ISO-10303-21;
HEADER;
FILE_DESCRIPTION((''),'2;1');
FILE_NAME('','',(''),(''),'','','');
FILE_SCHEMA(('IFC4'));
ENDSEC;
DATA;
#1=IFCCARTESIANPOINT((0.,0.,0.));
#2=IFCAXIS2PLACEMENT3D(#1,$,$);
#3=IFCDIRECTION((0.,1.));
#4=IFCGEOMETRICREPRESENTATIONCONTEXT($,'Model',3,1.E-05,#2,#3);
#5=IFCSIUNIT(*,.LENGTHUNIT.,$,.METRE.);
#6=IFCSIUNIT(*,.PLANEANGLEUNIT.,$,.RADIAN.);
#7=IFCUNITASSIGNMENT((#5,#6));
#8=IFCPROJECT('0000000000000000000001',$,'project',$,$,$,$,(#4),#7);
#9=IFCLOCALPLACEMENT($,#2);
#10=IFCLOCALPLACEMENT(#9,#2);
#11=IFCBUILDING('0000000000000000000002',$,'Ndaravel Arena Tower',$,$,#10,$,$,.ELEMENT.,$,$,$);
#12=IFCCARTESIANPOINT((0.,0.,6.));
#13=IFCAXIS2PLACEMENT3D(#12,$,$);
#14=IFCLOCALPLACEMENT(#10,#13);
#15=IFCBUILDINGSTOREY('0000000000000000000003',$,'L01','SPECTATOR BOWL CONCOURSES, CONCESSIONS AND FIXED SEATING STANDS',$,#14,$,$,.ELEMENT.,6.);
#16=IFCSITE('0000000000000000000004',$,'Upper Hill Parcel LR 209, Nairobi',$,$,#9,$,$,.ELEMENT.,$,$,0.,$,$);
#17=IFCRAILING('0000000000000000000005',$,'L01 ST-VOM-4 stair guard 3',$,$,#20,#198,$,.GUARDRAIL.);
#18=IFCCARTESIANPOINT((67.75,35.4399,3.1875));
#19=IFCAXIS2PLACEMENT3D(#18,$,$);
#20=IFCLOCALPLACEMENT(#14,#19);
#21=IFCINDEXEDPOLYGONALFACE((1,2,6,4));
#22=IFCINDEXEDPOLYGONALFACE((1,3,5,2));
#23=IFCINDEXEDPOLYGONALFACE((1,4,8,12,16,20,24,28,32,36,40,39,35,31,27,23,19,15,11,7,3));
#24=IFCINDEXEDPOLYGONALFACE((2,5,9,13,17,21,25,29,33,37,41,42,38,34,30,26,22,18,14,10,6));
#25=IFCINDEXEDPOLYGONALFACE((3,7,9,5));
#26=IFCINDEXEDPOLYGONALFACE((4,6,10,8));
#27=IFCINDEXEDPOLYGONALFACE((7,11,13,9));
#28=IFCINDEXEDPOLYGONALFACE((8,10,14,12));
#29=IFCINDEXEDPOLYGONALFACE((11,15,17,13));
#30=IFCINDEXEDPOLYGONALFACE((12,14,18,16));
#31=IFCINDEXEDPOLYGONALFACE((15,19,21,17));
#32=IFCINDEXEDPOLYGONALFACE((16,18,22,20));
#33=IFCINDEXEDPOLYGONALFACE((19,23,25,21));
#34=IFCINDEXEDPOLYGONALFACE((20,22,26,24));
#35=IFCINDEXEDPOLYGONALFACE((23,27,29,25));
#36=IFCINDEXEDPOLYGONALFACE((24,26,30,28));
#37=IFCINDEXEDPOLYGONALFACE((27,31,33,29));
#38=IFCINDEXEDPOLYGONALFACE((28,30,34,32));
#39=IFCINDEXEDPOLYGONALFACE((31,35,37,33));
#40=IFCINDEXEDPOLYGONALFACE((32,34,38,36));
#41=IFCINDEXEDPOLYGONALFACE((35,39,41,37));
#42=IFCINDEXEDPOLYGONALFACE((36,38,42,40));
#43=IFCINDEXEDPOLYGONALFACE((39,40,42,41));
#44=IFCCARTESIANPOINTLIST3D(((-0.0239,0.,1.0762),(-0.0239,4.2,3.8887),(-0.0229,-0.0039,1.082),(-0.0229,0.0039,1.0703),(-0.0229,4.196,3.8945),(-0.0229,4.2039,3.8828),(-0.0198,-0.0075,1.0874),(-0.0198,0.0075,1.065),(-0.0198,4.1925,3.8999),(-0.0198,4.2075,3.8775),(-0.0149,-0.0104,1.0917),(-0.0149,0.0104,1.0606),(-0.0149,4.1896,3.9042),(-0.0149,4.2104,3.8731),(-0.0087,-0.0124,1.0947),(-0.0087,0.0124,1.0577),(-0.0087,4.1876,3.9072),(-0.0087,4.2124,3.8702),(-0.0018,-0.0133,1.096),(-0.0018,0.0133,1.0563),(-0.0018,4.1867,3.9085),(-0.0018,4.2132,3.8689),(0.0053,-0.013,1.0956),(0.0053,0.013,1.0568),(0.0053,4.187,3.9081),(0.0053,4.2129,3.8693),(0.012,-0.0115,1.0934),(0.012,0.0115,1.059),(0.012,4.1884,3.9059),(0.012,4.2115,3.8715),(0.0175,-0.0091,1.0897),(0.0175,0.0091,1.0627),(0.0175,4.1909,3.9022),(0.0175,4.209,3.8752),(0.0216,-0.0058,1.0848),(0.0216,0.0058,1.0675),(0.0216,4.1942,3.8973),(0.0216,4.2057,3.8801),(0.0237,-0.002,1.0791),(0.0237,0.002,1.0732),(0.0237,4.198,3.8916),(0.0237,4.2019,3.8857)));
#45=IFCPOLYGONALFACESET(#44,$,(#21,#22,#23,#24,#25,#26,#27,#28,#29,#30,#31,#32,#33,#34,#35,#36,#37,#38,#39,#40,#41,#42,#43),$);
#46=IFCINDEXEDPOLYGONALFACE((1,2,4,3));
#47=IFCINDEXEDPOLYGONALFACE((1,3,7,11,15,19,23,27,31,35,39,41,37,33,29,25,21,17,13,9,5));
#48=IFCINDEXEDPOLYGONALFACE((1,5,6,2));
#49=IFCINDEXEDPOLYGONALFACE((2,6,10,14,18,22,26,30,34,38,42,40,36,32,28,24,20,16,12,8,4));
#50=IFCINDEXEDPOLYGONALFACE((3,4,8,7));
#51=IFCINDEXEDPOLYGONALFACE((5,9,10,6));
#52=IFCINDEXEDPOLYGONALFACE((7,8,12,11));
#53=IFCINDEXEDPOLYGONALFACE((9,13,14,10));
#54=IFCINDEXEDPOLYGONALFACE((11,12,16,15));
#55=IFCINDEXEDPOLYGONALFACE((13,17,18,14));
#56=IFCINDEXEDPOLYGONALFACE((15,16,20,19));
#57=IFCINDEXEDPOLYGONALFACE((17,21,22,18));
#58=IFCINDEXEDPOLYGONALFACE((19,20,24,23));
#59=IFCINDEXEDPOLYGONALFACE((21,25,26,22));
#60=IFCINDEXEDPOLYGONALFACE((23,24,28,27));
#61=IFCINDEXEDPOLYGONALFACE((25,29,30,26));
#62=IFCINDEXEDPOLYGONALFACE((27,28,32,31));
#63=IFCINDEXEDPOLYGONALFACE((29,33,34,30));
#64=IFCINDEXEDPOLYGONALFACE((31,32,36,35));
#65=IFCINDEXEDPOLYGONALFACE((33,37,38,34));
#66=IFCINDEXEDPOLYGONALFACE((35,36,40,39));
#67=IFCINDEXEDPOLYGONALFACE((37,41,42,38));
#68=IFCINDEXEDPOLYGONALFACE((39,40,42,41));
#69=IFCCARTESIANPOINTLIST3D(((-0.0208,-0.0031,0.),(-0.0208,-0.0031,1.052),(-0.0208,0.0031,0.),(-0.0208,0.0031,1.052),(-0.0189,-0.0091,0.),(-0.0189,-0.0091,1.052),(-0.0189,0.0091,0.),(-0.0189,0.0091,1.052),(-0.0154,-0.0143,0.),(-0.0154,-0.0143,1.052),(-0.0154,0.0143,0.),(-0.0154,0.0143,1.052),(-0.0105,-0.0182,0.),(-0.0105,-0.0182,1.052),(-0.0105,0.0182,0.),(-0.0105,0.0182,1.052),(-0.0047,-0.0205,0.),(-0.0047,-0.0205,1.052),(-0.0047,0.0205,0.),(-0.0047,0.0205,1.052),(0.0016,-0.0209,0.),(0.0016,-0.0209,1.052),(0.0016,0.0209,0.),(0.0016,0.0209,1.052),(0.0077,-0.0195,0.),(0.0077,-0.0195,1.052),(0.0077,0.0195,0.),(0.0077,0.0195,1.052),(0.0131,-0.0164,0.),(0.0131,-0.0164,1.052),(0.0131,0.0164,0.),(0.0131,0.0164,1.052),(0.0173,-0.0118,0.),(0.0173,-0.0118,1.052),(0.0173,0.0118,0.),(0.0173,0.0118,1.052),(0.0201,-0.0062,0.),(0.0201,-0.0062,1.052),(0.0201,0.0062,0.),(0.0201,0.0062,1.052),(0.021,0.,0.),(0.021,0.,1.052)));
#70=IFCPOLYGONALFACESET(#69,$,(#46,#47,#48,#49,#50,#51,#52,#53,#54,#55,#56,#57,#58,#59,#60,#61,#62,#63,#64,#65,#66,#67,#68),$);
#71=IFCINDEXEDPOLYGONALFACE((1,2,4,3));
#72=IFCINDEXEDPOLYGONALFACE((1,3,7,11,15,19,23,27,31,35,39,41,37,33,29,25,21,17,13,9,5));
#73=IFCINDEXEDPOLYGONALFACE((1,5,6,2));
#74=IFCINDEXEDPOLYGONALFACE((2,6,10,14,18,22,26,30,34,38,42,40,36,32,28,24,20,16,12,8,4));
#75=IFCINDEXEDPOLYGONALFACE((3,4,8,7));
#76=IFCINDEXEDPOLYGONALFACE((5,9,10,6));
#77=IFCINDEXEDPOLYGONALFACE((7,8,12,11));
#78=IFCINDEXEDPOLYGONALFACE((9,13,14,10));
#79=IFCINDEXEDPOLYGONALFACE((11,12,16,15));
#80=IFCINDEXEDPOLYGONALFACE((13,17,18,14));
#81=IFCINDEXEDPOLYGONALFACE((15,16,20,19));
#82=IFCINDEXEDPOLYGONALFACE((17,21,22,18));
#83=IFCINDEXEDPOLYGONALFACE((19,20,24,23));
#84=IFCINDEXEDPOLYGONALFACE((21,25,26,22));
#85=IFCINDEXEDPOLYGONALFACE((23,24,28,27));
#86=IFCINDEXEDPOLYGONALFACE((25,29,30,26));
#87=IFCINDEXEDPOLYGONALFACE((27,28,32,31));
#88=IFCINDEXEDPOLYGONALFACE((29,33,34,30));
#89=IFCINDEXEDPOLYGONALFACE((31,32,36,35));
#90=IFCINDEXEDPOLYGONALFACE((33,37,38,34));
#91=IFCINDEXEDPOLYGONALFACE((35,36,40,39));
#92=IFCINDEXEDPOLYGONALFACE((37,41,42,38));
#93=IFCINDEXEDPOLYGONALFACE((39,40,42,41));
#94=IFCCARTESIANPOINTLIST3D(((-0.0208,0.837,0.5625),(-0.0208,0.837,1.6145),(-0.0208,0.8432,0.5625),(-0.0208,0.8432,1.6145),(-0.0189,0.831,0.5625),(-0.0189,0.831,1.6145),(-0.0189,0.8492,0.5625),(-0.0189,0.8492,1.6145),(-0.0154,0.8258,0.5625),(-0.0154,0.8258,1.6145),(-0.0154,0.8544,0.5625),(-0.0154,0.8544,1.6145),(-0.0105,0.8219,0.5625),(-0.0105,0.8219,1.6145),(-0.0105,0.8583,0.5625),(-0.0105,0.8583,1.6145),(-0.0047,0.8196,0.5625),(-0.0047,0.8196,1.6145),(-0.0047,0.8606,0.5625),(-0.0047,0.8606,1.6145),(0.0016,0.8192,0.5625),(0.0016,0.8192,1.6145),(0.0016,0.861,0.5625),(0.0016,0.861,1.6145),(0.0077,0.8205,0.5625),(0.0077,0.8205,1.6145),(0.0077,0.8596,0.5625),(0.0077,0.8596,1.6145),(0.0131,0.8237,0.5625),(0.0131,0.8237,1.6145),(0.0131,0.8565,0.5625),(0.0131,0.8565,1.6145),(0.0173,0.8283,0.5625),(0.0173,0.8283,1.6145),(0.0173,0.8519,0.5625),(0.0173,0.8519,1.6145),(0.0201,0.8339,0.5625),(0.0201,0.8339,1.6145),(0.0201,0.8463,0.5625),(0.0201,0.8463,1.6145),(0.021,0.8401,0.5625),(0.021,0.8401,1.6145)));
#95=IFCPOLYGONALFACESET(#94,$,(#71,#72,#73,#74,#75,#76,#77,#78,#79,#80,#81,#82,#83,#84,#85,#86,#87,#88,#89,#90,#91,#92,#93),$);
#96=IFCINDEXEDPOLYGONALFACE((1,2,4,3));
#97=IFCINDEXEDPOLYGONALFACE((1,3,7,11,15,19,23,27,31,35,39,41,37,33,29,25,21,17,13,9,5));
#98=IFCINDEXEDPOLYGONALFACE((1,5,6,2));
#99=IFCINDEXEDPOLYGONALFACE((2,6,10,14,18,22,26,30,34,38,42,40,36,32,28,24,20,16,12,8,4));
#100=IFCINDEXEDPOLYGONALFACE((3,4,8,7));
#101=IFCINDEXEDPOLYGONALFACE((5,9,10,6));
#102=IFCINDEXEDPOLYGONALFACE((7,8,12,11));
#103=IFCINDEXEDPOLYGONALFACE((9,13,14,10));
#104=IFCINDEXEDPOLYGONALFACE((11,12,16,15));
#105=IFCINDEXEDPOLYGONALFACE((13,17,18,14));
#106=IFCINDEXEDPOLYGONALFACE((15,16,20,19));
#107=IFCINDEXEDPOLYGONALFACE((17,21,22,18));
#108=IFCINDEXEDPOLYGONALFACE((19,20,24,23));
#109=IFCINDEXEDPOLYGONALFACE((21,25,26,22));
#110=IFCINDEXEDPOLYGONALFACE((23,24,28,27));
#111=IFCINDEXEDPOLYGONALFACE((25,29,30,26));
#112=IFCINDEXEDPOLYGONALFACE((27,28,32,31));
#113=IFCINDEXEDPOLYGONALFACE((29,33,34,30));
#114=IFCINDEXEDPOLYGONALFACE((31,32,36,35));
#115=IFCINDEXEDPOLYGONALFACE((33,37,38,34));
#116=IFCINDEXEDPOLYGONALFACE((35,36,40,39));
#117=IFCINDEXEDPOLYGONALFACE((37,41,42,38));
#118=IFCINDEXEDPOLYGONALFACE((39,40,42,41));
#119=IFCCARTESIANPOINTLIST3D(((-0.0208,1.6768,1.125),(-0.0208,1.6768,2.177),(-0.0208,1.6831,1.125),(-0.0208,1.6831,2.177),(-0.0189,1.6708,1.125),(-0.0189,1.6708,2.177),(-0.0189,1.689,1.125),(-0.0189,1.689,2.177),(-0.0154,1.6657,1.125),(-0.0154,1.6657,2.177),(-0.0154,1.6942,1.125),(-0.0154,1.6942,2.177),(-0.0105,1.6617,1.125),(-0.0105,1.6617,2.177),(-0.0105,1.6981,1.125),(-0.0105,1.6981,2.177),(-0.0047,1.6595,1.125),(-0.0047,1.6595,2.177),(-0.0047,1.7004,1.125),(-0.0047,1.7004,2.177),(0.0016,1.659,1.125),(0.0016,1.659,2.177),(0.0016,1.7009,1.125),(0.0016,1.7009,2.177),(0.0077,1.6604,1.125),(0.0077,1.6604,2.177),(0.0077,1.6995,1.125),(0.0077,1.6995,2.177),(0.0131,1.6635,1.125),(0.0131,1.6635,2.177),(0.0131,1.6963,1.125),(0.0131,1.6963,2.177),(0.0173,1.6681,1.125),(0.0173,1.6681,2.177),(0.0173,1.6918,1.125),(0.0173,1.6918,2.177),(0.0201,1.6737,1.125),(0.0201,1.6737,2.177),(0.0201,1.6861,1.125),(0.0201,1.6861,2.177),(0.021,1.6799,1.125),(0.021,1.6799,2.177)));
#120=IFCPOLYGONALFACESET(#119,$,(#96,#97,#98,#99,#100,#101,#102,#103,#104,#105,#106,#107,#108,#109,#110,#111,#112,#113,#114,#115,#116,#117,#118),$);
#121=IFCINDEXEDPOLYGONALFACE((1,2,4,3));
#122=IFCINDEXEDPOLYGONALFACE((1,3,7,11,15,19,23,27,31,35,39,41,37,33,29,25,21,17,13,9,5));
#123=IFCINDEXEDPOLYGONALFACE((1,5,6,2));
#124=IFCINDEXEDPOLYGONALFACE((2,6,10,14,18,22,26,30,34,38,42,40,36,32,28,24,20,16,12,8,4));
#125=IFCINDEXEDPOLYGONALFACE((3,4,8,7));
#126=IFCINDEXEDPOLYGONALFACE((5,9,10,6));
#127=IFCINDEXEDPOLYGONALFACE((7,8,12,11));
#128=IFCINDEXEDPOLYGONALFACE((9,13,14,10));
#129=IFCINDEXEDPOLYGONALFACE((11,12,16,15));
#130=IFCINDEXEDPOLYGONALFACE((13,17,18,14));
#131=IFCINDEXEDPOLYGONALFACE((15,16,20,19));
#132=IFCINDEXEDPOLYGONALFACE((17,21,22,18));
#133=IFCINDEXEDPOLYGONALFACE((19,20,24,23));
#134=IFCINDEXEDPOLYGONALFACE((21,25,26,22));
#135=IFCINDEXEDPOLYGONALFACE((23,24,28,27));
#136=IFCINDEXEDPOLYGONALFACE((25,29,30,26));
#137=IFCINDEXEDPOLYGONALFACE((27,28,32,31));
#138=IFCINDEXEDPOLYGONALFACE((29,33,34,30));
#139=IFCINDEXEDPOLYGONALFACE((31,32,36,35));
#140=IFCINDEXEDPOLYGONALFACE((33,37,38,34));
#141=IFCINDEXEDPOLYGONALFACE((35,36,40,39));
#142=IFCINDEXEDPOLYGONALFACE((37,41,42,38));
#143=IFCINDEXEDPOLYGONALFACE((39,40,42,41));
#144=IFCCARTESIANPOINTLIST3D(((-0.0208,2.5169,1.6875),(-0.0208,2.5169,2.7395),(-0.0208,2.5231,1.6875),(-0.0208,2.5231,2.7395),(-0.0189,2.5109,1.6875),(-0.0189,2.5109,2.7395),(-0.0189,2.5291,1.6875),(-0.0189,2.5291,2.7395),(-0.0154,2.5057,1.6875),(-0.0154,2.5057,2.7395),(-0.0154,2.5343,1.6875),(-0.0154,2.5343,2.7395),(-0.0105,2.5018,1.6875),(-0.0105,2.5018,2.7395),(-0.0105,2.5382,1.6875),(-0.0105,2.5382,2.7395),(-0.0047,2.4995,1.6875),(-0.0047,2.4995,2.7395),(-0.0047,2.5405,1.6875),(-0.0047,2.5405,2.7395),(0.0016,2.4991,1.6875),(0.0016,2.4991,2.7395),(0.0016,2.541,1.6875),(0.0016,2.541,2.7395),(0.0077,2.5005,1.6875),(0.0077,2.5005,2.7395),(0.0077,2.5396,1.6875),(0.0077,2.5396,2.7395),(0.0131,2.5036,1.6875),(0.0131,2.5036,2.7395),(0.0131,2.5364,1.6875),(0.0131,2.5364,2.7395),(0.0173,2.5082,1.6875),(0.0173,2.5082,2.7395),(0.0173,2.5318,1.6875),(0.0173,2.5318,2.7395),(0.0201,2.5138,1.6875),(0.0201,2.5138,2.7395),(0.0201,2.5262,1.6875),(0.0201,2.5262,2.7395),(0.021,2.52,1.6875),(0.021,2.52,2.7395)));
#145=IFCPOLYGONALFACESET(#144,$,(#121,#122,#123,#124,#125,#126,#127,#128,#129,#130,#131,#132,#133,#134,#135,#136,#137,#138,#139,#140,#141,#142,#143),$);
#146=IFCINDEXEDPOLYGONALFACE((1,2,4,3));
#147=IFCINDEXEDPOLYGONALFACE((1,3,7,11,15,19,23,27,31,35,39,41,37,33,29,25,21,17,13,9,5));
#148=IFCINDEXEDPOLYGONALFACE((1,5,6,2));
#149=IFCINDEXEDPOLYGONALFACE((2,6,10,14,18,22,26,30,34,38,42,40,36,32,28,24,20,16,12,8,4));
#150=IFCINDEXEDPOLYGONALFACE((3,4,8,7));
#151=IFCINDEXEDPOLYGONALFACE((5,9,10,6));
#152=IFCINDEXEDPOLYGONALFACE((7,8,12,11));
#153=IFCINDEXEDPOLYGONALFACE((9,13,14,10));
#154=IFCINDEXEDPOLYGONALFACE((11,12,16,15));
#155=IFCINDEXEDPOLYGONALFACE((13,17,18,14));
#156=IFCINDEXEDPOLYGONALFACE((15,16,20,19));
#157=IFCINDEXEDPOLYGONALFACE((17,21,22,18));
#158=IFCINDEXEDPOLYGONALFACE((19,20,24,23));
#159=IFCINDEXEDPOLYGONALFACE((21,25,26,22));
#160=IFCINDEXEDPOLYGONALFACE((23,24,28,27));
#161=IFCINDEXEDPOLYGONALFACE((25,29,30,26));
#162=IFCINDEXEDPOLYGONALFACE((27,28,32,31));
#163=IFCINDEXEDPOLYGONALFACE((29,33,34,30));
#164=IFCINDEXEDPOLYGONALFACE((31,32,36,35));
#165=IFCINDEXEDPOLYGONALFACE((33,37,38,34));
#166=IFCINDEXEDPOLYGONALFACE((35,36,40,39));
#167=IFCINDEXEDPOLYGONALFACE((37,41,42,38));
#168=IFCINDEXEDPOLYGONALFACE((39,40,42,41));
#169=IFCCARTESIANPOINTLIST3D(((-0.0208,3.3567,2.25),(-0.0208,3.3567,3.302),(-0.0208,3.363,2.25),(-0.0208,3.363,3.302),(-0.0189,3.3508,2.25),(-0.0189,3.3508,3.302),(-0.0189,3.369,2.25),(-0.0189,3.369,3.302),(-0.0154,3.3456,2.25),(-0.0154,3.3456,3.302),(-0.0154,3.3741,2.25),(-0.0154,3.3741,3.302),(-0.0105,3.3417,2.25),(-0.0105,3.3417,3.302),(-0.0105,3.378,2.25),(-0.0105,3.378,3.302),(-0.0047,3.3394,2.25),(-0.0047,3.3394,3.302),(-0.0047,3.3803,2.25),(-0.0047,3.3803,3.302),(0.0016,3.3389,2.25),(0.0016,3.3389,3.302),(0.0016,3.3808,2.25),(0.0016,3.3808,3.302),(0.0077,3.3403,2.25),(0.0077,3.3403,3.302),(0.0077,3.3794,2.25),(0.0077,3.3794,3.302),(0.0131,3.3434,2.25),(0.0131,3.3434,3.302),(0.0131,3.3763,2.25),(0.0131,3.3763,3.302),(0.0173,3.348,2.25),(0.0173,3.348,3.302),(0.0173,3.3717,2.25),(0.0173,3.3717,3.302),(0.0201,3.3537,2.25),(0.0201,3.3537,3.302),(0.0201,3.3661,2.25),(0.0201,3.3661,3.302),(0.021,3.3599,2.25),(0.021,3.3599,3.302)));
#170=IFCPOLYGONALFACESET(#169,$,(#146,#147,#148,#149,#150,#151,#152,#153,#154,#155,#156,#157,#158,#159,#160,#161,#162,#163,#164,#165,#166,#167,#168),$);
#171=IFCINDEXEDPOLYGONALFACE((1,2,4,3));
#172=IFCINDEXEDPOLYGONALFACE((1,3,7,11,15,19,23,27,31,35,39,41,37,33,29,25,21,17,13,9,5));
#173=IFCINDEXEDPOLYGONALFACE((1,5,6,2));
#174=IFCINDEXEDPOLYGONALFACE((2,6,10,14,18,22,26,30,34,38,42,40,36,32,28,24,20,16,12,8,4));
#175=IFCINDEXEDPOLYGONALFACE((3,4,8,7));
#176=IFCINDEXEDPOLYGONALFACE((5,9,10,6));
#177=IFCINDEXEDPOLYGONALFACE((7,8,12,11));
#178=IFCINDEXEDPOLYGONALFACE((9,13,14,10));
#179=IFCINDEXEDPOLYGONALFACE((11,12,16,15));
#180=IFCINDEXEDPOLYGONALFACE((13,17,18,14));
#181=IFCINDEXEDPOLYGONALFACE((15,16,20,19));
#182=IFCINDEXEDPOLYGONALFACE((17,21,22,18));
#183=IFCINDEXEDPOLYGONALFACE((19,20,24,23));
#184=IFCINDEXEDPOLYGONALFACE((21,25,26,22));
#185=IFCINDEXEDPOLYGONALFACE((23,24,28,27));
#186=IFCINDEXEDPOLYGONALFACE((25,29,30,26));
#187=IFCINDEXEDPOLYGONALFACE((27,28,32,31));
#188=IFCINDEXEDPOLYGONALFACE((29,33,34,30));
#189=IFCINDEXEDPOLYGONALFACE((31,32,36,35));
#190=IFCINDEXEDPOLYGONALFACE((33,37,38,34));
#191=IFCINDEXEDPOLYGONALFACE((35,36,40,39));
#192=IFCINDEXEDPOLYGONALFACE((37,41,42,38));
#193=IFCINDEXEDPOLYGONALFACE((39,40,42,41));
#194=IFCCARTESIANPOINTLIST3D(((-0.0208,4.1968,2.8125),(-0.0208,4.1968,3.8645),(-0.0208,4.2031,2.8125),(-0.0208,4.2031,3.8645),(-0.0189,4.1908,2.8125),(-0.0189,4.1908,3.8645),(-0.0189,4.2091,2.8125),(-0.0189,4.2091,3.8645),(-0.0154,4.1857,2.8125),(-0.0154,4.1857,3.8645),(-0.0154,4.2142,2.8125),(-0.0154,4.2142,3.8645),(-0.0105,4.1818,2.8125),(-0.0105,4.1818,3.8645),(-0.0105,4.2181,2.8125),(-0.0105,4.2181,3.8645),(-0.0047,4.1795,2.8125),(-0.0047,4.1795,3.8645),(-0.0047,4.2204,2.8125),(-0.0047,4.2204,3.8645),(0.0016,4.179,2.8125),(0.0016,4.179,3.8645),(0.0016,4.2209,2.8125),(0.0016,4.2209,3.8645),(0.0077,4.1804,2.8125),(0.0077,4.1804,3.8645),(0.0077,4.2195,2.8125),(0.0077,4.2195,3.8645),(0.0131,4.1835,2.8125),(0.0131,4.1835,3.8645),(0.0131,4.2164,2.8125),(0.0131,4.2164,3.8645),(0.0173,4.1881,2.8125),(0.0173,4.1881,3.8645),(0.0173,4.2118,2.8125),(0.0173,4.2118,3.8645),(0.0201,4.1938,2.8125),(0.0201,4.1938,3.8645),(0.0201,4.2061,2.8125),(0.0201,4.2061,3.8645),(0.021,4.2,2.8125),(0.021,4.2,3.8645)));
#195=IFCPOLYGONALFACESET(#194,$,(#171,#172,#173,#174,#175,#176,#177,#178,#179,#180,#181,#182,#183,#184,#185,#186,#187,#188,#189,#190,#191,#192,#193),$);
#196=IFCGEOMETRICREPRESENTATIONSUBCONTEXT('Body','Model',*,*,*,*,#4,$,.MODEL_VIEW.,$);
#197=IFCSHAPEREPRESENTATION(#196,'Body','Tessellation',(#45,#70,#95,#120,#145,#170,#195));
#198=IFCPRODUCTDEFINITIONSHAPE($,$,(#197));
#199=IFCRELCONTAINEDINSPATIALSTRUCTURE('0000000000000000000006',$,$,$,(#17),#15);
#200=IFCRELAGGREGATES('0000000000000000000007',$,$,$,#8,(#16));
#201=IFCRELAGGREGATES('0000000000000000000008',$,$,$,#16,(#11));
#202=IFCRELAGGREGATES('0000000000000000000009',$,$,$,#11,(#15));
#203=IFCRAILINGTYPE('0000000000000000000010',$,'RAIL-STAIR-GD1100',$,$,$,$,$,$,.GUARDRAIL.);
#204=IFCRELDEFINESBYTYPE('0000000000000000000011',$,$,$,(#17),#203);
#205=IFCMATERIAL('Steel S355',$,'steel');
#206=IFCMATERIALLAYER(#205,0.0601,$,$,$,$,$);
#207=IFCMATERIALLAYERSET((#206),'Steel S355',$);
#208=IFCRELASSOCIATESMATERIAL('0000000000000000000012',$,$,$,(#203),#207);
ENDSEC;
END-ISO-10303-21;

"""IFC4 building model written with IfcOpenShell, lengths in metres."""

from ifc_helpers import new_model, si_unit, direction, frame, origin, origin_2d, place, context, subcontext, project, spatial, circle, extrude, material, layer, layer_set, type_object, element, save


model = new_model("IFC4")

# Units and contexts
model_context = context("Model", 3, precision=1e-05, world=origin(), true_north=direction((0.0, 1.0)))
body_context = subcontext(model_context, "Body", "Model", "MODEL_VIEW")
ifc_project = project(units=[si_unit("LENGTHUNIT", "METRE"), si_unit("PLANEANGLEUNIT", "RADIAN")], contexts=[model_context])

# Site, building, storey
site_placement = place(None, origin())
site = spatial("IfcSite", under=ifc_project, at=site_placement, Name="Upper Hill Parcel LR 209, Nairobi", CompositionType="ELEMENT", RefElevation=0.0)
building_placement = place(site_placement, origin())
building = spatial("IfcBuilding", under=site, at=building_placement, Name="Ndaravel Arena Tower", CompositionType="ELEMENT")
storey_placement = place(building_placement, frame((0.0, 0.0, 6.0)))
storey = spatial("IfcBuildingStorey", under=building, at=storey_placement, Name="L01", Description="SPECTATOR BOWL CONCOURSES, CONCESSIONS AND FIXED SEATING STANDS", CompositionType="ELEMENT", Elevation=6.0)

# Railing
ifc_material_1 = material(Name="Steel S355", Category="steel")
ifc_layer_1 = layer(ifc_material_1, 0.0601)
ifc_layer_set_1 = layer_set([ifc_layer_1], Name="Steel S355")
railing_type_1 = type_object("IfcRailingType", Name="RAIL-STAIR-GD1100", PredefinedType="GUARDRAIL", material=ifc_layer_set_1)
railing_1_placement = place(storey_placement, frame((67.75, 35.4399, 3.1875)))
element("IfcRailing", 1, at=railing_1_placement, inside=storey, type_object=railing_type_1, Name="L01 ST-VOM-4 stair guard 3", PredefinedType="GUARDRAIL", context=body_context, shape_type="SweptSolid", body=[
    extrude(circle(Radius=0.0239, at=origin_2d()), frame((0.0, 0.0, 1.0762), z_axis=(0.0, 0.830904, 0.556416), x_axis=(-1.0, 0.0, 0.0)), (0.0, 0.0, 1.0), 5.0547),
    extrude(circle(Radius=0.021, at=origin_2d()), origin(), (0.0, 0.0, 1.0), 1.052),
    extrude(circle(Radius=0.021, at=origin_2d()), frame((0.0, 0.8401, 0.5625)), (0.0, 0.0, 1.0), 1.052),
    extrude(circle(Radius=0.021, at=origin_2d()), frame((0.0, 1.6799, 1.125)), (0.0, 0.0, 1.0), 1.052),
    extrude(circle(Radius=0.021, at=origin_2d()), frame((0.0, 2.52, 1.6875)), (0.0, 0.0, 1.0), 1.052),
    extrude(circle(Radius=0.021, at=origin_2d()), frame((0.0, 3.3599, 2.25)), (0.0, 0.0, 1.0), 1.052),
    extrude(circle(Radius=0.021, at=origin_2d()), frame((0.0, 4.2, 2.8125)), (0.0, 0.0, 1.0), 1.052),
])

save(model, "model.ifc")
